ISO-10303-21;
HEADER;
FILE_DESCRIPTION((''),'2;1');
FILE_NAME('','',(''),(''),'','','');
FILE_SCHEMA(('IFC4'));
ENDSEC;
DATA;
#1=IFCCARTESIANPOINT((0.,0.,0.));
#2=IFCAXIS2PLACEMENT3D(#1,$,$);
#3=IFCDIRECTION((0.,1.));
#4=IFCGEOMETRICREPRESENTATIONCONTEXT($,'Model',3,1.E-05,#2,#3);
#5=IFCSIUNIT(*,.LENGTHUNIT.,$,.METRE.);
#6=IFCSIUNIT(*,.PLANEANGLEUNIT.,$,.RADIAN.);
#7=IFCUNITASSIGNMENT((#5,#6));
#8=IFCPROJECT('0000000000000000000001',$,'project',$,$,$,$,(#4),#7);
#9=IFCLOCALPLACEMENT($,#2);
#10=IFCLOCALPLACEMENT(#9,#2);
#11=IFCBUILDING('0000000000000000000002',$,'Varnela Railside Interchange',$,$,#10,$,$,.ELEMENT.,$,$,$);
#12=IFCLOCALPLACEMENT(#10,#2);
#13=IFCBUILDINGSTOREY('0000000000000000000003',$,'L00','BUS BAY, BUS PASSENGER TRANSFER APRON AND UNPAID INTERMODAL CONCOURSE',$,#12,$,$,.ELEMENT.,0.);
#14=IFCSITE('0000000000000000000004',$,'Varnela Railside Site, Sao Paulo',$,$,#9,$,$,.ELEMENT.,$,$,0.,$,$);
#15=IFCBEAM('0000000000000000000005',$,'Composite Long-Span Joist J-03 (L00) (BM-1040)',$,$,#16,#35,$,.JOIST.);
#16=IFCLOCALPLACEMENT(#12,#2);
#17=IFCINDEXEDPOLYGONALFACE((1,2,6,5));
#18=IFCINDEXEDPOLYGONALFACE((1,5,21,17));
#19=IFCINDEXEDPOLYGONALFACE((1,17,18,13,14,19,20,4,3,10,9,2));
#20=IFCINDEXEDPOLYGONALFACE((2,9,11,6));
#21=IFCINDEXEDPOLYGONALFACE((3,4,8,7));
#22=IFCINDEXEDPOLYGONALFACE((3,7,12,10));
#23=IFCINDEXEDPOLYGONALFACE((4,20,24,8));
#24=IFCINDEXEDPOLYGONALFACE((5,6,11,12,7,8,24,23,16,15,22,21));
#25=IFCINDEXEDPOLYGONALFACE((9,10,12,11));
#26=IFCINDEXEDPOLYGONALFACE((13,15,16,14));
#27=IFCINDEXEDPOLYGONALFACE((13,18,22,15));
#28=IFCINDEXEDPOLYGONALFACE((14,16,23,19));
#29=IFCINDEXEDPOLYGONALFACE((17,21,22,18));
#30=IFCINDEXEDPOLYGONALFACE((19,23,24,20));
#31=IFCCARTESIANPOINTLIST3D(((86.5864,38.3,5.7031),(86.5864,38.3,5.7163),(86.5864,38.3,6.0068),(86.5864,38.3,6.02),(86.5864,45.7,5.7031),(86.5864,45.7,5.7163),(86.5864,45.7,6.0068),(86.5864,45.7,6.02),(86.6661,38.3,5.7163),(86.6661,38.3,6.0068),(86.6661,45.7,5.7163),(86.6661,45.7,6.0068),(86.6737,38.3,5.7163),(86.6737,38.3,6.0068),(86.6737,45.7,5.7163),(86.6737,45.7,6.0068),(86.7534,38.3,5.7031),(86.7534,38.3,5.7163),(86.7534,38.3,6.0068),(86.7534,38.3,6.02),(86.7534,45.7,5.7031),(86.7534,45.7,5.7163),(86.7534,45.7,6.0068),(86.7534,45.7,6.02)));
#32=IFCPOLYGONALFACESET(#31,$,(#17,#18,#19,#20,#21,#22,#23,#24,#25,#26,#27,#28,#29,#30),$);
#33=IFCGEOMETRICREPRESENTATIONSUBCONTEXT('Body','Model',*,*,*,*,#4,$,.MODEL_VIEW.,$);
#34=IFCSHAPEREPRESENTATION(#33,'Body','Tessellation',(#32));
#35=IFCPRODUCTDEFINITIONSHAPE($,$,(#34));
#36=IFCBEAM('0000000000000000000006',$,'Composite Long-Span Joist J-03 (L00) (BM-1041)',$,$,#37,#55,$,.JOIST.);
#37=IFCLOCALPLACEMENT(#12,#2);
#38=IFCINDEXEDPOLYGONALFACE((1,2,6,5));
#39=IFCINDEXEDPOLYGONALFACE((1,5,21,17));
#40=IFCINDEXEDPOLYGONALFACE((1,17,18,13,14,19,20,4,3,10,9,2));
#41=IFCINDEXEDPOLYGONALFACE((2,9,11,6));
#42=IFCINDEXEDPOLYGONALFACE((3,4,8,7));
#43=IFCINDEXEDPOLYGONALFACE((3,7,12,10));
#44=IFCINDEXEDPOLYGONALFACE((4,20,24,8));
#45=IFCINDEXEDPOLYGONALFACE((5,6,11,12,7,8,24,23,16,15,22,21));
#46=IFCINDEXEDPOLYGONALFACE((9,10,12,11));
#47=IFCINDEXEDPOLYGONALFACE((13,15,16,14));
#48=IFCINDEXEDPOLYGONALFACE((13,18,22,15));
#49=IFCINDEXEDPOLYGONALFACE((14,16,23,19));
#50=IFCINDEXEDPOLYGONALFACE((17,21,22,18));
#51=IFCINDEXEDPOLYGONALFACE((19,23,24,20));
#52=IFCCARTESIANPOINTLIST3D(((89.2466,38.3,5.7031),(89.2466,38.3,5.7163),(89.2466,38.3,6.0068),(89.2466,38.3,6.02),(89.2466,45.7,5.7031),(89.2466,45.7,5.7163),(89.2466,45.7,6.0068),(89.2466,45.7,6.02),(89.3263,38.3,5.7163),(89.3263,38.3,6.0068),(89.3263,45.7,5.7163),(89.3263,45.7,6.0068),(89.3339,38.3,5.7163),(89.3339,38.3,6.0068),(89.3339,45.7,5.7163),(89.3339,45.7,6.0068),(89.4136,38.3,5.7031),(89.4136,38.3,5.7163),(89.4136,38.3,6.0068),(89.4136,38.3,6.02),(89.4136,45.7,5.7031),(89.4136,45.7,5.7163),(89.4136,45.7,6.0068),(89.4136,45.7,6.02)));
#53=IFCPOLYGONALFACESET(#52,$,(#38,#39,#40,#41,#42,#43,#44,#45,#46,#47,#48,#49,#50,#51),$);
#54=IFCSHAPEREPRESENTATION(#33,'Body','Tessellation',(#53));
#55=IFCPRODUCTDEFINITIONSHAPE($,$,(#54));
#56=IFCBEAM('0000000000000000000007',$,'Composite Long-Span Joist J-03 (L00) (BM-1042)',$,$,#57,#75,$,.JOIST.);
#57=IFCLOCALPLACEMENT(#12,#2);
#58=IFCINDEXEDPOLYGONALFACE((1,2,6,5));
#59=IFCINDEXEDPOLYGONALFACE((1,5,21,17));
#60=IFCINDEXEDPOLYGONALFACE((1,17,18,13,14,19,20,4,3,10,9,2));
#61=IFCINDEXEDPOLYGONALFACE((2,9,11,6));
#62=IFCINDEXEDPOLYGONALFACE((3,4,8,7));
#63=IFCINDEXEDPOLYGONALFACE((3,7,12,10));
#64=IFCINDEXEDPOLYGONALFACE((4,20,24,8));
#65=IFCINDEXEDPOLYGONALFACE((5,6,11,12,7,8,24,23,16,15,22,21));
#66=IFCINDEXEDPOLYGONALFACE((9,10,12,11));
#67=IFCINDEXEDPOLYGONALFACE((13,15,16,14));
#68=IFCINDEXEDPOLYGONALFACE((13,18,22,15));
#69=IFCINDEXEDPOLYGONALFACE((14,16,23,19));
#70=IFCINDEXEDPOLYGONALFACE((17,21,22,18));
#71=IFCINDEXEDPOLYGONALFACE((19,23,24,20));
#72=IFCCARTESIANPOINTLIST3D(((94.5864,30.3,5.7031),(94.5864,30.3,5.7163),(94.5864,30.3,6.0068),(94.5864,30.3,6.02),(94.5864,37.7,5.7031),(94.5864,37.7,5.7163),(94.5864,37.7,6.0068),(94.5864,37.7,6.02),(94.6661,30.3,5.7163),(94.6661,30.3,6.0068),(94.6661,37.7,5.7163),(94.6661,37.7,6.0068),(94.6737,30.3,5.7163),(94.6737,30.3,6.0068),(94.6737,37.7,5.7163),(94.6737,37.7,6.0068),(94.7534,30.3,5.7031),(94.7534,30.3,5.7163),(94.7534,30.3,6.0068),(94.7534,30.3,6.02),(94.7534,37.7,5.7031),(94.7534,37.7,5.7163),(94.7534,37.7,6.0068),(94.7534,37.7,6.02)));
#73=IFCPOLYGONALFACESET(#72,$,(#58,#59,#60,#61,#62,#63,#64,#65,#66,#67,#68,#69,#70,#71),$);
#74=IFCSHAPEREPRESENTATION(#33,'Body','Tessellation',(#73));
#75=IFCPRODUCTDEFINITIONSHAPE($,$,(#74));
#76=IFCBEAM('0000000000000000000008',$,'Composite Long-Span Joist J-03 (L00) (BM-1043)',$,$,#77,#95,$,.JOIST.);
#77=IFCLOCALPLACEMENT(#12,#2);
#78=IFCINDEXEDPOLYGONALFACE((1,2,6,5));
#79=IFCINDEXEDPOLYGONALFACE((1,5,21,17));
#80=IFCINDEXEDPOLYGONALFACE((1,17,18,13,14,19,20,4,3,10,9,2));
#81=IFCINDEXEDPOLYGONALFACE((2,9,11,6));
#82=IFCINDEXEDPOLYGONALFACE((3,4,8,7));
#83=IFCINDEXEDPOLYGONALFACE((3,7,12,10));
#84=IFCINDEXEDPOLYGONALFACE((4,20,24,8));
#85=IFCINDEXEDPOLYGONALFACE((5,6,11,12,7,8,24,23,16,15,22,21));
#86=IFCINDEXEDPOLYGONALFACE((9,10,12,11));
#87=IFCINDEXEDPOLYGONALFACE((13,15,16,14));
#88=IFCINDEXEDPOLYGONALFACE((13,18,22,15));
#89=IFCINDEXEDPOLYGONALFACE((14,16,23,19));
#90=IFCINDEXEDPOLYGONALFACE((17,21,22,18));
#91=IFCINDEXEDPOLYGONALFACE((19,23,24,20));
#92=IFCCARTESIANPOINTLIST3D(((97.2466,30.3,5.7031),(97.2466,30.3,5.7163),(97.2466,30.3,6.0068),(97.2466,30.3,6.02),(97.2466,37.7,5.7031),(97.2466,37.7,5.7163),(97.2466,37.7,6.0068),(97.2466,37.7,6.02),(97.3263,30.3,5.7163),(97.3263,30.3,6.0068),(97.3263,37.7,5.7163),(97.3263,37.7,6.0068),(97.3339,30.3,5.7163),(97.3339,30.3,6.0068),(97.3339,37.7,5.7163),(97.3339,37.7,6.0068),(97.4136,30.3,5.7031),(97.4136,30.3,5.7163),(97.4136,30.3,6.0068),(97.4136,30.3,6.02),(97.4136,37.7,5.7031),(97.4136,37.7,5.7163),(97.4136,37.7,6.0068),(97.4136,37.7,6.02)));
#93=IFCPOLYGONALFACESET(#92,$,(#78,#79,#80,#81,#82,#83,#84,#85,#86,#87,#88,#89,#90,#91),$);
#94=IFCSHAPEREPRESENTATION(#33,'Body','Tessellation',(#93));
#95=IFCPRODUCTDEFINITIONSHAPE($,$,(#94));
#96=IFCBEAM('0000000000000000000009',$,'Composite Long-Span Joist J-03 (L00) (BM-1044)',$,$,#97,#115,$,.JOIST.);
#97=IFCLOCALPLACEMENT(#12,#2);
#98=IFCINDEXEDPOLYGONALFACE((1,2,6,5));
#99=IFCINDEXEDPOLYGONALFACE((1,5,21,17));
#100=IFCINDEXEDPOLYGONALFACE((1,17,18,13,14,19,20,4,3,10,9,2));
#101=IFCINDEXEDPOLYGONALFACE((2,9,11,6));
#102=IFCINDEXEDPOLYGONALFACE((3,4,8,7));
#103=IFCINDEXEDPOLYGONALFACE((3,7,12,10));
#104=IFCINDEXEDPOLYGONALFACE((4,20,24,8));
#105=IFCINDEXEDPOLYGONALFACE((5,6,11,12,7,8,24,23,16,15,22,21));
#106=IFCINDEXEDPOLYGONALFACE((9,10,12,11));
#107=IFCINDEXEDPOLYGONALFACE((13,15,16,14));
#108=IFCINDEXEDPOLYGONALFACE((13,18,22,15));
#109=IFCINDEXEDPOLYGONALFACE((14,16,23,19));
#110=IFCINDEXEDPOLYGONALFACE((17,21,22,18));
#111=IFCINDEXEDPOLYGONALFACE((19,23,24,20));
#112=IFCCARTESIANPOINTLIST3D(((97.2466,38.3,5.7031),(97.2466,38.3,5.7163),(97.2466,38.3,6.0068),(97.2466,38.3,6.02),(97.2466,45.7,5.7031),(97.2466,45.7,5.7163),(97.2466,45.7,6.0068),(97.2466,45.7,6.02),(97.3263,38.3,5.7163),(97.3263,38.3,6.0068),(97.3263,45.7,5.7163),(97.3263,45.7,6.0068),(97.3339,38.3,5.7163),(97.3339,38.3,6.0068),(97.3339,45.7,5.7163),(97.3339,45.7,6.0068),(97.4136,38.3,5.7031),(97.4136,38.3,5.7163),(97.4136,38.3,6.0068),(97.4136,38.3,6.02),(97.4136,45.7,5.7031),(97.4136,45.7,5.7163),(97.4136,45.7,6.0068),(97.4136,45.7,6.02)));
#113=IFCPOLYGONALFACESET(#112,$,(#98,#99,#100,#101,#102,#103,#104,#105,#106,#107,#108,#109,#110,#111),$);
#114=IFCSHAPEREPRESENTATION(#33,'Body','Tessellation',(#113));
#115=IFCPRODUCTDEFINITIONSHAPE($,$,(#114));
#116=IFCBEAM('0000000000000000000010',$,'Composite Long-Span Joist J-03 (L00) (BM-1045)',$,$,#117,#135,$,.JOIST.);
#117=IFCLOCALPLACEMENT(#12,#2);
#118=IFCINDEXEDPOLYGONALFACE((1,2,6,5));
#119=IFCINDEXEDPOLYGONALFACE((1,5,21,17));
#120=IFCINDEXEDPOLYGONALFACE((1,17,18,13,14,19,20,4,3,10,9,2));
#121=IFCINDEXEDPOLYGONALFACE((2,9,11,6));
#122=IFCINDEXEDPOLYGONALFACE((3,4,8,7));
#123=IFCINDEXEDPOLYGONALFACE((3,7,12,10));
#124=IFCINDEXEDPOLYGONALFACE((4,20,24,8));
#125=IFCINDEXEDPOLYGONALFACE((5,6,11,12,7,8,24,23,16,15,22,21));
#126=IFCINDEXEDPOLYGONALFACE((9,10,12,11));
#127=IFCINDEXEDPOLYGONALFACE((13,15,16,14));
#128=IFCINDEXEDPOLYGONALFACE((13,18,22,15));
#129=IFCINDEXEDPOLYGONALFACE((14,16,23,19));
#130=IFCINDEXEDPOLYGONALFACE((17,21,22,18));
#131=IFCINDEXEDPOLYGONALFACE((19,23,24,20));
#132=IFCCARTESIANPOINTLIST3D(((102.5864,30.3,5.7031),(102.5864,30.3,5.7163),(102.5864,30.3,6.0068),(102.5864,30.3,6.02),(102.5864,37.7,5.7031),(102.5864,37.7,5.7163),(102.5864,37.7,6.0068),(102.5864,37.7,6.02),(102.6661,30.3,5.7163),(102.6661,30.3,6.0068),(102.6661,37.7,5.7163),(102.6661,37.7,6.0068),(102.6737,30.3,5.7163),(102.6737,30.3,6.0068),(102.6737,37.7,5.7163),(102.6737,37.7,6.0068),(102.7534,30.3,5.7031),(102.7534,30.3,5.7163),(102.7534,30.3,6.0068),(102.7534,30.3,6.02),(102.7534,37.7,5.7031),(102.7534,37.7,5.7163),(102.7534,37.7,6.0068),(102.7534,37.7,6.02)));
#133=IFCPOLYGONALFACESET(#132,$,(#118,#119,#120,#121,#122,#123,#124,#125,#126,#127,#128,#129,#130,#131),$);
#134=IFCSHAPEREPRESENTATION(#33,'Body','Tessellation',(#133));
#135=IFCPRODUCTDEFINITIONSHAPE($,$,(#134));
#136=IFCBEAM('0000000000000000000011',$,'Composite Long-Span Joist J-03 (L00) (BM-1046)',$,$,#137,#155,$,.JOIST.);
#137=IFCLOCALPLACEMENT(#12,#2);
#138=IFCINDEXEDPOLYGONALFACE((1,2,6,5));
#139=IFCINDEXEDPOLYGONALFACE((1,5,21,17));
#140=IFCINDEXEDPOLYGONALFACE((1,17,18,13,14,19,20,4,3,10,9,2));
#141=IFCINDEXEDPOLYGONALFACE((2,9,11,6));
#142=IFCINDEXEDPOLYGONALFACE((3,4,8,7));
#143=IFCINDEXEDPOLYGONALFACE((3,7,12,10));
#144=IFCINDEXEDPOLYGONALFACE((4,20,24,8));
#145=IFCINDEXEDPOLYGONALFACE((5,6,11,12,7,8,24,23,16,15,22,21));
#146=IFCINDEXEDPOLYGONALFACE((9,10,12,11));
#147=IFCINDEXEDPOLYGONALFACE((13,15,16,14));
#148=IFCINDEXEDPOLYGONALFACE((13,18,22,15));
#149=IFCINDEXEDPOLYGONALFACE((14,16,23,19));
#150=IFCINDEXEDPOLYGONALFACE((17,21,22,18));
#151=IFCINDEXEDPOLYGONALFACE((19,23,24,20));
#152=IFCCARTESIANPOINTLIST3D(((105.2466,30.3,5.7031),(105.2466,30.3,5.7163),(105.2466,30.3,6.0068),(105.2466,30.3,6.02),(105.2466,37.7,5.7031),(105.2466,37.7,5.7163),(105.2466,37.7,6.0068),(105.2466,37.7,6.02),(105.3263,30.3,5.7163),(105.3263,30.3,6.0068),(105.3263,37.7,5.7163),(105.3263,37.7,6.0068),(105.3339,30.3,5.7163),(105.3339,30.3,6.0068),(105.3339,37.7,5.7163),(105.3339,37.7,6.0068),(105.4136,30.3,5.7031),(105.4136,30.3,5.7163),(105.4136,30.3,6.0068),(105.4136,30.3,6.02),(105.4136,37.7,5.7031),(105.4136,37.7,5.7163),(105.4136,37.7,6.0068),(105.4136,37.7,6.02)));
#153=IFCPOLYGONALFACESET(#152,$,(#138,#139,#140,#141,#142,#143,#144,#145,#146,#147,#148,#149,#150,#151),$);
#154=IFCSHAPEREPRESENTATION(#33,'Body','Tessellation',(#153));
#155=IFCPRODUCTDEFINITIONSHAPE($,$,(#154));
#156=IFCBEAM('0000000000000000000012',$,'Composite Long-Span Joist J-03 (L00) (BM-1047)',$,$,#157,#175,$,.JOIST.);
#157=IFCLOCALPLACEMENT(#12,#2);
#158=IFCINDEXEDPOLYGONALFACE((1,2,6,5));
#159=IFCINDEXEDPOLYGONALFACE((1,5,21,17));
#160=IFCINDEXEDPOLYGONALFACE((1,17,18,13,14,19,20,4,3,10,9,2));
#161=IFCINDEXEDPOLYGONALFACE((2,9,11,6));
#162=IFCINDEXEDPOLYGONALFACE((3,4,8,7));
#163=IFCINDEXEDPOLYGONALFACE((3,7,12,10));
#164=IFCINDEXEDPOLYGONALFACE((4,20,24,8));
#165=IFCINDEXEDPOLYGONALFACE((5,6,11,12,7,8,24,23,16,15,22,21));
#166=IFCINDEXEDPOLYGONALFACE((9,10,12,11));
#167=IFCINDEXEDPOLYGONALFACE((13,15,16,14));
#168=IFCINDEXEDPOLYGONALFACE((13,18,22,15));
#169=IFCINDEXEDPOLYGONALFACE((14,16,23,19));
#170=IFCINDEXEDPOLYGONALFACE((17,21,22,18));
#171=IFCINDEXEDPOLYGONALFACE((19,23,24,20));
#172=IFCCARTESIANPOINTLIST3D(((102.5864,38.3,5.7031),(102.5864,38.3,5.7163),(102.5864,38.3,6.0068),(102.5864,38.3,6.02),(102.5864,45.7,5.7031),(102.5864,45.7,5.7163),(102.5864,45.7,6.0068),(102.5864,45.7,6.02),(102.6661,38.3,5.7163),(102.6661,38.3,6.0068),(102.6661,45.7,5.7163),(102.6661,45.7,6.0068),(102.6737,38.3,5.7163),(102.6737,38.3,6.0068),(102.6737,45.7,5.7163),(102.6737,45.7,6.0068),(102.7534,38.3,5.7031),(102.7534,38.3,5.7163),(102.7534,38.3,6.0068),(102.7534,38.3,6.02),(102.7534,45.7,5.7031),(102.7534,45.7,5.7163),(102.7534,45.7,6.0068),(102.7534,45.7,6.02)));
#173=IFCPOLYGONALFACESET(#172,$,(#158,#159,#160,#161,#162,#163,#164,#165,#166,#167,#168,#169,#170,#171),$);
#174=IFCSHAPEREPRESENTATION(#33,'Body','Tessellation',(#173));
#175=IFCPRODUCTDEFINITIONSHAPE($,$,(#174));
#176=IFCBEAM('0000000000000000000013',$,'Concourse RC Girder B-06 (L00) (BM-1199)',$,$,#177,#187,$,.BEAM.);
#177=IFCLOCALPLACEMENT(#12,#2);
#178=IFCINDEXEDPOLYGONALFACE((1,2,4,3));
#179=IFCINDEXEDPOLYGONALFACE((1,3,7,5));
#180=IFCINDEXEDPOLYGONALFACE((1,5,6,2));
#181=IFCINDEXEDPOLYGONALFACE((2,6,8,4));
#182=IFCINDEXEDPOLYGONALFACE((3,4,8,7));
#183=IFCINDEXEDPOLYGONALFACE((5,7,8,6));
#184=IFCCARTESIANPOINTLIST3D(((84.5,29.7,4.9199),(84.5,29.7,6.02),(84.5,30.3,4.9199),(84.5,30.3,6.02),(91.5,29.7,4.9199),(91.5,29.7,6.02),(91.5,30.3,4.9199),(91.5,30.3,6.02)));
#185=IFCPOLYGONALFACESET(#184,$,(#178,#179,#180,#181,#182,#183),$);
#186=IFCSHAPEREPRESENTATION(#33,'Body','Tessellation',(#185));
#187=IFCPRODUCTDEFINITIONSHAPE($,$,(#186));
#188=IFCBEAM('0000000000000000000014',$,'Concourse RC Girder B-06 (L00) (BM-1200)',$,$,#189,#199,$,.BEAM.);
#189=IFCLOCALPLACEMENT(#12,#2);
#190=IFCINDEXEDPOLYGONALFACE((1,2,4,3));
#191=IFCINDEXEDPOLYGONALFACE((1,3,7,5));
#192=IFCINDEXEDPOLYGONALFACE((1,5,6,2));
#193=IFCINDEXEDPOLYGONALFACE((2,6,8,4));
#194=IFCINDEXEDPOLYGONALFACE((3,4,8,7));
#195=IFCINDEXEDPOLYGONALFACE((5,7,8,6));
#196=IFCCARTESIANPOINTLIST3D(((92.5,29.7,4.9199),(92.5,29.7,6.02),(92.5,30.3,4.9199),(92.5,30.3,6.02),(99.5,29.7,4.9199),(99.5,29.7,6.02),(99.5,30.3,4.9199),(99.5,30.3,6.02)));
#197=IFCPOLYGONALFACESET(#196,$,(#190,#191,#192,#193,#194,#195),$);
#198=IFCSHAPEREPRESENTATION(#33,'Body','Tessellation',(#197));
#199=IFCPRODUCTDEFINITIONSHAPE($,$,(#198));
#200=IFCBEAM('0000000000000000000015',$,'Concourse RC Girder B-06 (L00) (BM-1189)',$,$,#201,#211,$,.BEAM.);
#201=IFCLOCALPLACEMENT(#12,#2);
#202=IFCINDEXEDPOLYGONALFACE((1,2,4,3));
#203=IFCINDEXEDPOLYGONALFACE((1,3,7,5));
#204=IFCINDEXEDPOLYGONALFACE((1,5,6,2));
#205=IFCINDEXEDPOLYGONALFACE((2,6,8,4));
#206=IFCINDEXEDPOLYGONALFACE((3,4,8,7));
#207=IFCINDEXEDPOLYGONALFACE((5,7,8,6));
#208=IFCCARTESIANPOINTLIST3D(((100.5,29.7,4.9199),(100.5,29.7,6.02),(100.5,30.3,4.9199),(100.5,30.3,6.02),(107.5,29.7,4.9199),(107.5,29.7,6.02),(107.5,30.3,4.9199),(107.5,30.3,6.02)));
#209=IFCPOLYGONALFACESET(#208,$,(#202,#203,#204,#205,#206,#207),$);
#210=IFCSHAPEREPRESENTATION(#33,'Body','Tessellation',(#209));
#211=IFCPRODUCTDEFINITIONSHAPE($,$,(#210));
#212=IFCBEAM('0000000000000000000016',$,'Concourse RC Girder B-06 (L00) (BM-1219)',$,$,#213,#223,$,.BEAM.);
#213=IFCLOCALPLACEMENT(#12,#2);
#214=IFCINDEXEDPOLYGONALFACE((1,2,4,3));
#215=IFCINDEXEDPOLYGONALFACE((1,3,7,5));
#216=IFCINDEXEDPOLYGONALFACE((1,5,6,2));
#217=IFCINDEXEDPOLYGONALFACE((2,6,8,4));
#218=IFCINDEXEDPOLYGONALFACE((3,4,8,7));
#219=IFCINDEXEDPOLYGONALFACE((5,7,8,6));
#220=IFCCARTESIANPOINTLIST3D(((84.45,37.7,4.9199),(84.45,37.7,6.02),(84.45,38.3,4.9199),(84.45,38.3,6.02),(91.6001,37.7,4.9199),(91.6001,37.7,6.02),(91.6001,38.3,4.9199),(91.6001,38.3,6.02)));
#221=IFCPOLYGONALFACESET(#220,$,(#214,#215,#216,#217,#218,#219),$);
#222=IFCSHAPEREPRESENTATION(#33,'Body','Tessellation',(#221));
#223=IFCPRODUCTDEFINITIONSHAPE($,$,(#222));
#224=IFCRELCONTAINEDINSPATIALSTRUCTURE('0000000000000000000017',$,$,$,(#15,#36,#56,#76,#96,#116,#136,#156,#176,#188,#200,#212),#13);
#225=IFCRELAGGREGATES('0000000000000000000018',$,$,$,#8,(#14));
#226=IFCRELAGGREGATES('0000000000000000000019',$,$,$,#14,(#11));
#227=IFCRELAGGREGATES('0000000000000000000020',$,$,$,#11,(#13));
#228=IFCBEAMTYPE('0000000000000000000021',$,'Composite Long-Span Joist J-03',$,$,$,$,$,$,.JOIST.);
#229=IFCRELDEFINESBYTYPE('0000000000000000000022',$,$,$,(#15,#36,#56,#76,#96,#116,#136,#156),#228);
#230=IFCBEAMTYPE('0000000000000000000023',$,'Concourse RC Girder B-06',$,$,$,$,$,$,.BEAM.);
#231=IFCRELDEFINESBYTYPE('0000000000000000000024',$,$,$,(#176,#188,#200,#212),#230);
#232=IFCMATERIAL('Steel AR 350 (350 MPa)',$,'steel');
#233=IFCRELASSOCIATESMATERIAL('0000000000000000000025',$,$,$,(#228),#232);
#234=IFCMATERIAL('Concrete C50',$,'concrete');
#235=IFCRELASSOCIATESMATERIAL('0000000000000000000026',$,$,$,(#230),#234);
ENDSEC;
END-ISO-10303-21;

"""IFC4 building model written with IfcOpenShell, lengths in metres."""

from ifc_helpers import new_model, si_unit, direction, frame, origin, origin_2d, place, context, subcontext, project, spatial, rectangle, i_section, extrude, material, material_profile, profile_set, type_object, element, save


model = new_model("IFC4")

# Units and contexts
model_context = context("Model", 3, precision=1e-05, world=origin(), true_north=direction((0.0, 1.0)))
body_context = subcontext(model_context, "Body", "Model", "MODEL_VIEW")
ifc_project = project(units=[si_unit("LENGTHUNIT", "METRE"), si_unit("PLANEANGLEUNIT", "RADIAN")], contexts=[model_context])

# Site, building, storey
site_placement = place(None, origin())
site = spatial("IfcSite", under=ifc_project, at=site_placement, Name="Varnela Railside Site, Sao Paulo", CompositionType="ELEMENT", RefElevation=0.0)
building_placement = place(site_placement, origin())
building = spatial("IfcBuilding", under=site, at=building_placement, Name="Varnela Railside Interchange", CompositionType="ELEMENT")
storey_placement = place(building_placement, origin())
storey = spatial("IfcBuildingStorey", under=building, at=storey_placement, Name="L00", Description="BUS BAY, BUS PASSENGER TRANSFER APRON AND UNPAID INTERMODAL CONCOURSE", CompositionType="ELEMENT", Elevation=0.0)

# Shared definitions
ifc_material_1 = material(Name="Concrete C50", Category="concrete")

# Beams
ifc_material_2 = material(Name="Steel AR 350 (350 MPa)", Category="steel")
ifc_material_profile_1 = material_profile(ifc_material_2, i_section(OverallWidth=0.167, OverallDepth=0.3169, WebThickness=0.0076, FlangeThickness=0.0132, at=origin_2d()), Name="W310x52")
ifc_profile_set_1 = profile_set([ifc_material_profile_1], Name="Steel AR 350 (350 MPa)")
beam_type_1 = type_object("IfcBeamType", Name="Composite Long-Span Joist J-03", PredefinedType="JOIST", material=ifc_profile_set_1)
for number, where, z_axis, x_axis, name in (
    (1, (86.6699, 38.3, 5.8616), (0.0, 1.0, 0.0), (-1.0, 0.0, 0.0), "Composite Long-Span Joist J-03 (L00) (BM-1040)"),
    (2, (89.3301, 38.3, 5.8616), (0.0, 1.0, 0.0), (-1.0, 0.0, 0.0), "Composite Long-Span Joist J-03 (L00) (BM-1041)"),
    (3, (94.6699, 30.3, 5.8616), (0.0, 1.0, 0.0), (-1.0, 0.0, 0.0), "Composite Long-Span Joist J-03 (L00) (BM-1042)"),
    (4, (97.3301, 30.3, 5.8616), (0.0, 1.0, 0.0), (-1.0, 0.0, 0.0), "Composite Long-Span Joist J-03 (L00) (BM-1043)"),
    (5, (97.3301, 38.3, 5.8616), (0.0, 1.0, 0.0), (-1.0, 0.0, 0.0), "Composite Long-Span Joist J-03 (L00) (BM-1044)"),
    (6, (102.6699, 30.3, 5.8616), (0.0, 1.0, 0.0), (-1.0, 0.0, 0.0), "Composite Long-Span Joist J-03 (L00) (BM-1045)"),
    (7, (105.3301, 30.3, 5.8616), (0.0, 1.0, 0.0), (-1.0, 0.0, 0.0), "Composite Long-Span Joist J-03 (L00) (BM-1046)"),
    (8, (102.6699, 38.3, 5.8616), (0.0, 1.0, 0.0), (-1.0, 0.0, 0.0), "Composite Long-Span Joist J-03 (L00) (BM-1047)"),
):
    element("IfcBeam", number, at=place(storey_placement, frame(where, z_axis=z_axis, x_axis=x_axis)), inside=storey, type_object=beam_type_1, Name=name, PredefinedType="JOIST", context=body_context, shape_type="SweptSolid", body=[
        extrude(i_section(OverallWidth=0.167, OverallDepth=0.3169, WebThickness=0.0076, FlangeThickness=0.0132, at=origin_2d()), origin(), (0.0, 0.0, 1.0), 7.3999),
    ])
ifc_material_profile_2 = material_profile(ifc_material_1, rectangle(XDim=0.6001, YDim=1.1001, at=origin_2d()), Name="RC 600x1100")
ifc_profile_set_2 = profile_set([ifc_material_profile_2], Name="Concrete C50")
beam_type_2 = type_object("IfcBeamType", Name="Concourse RC Girder B-06", PredefinedType="BEAM", material=ifc_profile_set_2)
for number, where, z_axis, x_axis, name in (
    (9, (84.5, 30.0, 5.47), (1.0, 0.0, 0.0), (0.0, 1.0, 0.0), "Concourse RC Girder B-06 (L00) (BM-1199)"),
    (10, (92.5, 30.0, 5.47), (1.0, 0.0, 0.0), (0.0, 1.0, 0.0), "Concourse RC Girder B-06 (L00) (BM-1200)"),
    (11, (100.5, 30.0, 5.47), (1.0, 0.0, 0.0), (0.0, 1.0, 0.0), "Concourse RC Girder B-06 (L00) (BM-1189)"),
):
    element("IfcBeam", number, at=place(storey_placement, frame(where, z_axis=z_axis, x_axis=x_axis)), inside=storey, type_object=beam_type_2, Name=name, PredefinedType="BEAM", context=body_context, shape_type="SweptSolid", body=[
        extrude(rectangle(XDim=0.6001, YDim=1.1001, at=origin_2d()), origin(), (0.0, 0.0, 1.0), 7.0),
    ])
for number, where, z_axis, x_axis, name in (
    (12, (84.45, 38.0, 5.47), (1.0, 0.0, 0.0), (0.0, 1.0, 0.0), "Concourse RC Girder B-06 (L00) (BM-1219)"),
):
    element("IfcBeam", number, at=place(storey_placement, frame(where, z_axis=z_axis, x_axis=x_axis)), inside=storey, type_object=beam_type_2, Name=name, PredefinedType="BEAM", context=body_context, shape_type="SweptSolid", body=[
        extrude(rectangle(XDim=0.6001, YDim=1.1001, at=origin_2d()), origin(), (0.0, 0.0, 1.0), 7.1501),
    ])

save(model, "model.ifc")
